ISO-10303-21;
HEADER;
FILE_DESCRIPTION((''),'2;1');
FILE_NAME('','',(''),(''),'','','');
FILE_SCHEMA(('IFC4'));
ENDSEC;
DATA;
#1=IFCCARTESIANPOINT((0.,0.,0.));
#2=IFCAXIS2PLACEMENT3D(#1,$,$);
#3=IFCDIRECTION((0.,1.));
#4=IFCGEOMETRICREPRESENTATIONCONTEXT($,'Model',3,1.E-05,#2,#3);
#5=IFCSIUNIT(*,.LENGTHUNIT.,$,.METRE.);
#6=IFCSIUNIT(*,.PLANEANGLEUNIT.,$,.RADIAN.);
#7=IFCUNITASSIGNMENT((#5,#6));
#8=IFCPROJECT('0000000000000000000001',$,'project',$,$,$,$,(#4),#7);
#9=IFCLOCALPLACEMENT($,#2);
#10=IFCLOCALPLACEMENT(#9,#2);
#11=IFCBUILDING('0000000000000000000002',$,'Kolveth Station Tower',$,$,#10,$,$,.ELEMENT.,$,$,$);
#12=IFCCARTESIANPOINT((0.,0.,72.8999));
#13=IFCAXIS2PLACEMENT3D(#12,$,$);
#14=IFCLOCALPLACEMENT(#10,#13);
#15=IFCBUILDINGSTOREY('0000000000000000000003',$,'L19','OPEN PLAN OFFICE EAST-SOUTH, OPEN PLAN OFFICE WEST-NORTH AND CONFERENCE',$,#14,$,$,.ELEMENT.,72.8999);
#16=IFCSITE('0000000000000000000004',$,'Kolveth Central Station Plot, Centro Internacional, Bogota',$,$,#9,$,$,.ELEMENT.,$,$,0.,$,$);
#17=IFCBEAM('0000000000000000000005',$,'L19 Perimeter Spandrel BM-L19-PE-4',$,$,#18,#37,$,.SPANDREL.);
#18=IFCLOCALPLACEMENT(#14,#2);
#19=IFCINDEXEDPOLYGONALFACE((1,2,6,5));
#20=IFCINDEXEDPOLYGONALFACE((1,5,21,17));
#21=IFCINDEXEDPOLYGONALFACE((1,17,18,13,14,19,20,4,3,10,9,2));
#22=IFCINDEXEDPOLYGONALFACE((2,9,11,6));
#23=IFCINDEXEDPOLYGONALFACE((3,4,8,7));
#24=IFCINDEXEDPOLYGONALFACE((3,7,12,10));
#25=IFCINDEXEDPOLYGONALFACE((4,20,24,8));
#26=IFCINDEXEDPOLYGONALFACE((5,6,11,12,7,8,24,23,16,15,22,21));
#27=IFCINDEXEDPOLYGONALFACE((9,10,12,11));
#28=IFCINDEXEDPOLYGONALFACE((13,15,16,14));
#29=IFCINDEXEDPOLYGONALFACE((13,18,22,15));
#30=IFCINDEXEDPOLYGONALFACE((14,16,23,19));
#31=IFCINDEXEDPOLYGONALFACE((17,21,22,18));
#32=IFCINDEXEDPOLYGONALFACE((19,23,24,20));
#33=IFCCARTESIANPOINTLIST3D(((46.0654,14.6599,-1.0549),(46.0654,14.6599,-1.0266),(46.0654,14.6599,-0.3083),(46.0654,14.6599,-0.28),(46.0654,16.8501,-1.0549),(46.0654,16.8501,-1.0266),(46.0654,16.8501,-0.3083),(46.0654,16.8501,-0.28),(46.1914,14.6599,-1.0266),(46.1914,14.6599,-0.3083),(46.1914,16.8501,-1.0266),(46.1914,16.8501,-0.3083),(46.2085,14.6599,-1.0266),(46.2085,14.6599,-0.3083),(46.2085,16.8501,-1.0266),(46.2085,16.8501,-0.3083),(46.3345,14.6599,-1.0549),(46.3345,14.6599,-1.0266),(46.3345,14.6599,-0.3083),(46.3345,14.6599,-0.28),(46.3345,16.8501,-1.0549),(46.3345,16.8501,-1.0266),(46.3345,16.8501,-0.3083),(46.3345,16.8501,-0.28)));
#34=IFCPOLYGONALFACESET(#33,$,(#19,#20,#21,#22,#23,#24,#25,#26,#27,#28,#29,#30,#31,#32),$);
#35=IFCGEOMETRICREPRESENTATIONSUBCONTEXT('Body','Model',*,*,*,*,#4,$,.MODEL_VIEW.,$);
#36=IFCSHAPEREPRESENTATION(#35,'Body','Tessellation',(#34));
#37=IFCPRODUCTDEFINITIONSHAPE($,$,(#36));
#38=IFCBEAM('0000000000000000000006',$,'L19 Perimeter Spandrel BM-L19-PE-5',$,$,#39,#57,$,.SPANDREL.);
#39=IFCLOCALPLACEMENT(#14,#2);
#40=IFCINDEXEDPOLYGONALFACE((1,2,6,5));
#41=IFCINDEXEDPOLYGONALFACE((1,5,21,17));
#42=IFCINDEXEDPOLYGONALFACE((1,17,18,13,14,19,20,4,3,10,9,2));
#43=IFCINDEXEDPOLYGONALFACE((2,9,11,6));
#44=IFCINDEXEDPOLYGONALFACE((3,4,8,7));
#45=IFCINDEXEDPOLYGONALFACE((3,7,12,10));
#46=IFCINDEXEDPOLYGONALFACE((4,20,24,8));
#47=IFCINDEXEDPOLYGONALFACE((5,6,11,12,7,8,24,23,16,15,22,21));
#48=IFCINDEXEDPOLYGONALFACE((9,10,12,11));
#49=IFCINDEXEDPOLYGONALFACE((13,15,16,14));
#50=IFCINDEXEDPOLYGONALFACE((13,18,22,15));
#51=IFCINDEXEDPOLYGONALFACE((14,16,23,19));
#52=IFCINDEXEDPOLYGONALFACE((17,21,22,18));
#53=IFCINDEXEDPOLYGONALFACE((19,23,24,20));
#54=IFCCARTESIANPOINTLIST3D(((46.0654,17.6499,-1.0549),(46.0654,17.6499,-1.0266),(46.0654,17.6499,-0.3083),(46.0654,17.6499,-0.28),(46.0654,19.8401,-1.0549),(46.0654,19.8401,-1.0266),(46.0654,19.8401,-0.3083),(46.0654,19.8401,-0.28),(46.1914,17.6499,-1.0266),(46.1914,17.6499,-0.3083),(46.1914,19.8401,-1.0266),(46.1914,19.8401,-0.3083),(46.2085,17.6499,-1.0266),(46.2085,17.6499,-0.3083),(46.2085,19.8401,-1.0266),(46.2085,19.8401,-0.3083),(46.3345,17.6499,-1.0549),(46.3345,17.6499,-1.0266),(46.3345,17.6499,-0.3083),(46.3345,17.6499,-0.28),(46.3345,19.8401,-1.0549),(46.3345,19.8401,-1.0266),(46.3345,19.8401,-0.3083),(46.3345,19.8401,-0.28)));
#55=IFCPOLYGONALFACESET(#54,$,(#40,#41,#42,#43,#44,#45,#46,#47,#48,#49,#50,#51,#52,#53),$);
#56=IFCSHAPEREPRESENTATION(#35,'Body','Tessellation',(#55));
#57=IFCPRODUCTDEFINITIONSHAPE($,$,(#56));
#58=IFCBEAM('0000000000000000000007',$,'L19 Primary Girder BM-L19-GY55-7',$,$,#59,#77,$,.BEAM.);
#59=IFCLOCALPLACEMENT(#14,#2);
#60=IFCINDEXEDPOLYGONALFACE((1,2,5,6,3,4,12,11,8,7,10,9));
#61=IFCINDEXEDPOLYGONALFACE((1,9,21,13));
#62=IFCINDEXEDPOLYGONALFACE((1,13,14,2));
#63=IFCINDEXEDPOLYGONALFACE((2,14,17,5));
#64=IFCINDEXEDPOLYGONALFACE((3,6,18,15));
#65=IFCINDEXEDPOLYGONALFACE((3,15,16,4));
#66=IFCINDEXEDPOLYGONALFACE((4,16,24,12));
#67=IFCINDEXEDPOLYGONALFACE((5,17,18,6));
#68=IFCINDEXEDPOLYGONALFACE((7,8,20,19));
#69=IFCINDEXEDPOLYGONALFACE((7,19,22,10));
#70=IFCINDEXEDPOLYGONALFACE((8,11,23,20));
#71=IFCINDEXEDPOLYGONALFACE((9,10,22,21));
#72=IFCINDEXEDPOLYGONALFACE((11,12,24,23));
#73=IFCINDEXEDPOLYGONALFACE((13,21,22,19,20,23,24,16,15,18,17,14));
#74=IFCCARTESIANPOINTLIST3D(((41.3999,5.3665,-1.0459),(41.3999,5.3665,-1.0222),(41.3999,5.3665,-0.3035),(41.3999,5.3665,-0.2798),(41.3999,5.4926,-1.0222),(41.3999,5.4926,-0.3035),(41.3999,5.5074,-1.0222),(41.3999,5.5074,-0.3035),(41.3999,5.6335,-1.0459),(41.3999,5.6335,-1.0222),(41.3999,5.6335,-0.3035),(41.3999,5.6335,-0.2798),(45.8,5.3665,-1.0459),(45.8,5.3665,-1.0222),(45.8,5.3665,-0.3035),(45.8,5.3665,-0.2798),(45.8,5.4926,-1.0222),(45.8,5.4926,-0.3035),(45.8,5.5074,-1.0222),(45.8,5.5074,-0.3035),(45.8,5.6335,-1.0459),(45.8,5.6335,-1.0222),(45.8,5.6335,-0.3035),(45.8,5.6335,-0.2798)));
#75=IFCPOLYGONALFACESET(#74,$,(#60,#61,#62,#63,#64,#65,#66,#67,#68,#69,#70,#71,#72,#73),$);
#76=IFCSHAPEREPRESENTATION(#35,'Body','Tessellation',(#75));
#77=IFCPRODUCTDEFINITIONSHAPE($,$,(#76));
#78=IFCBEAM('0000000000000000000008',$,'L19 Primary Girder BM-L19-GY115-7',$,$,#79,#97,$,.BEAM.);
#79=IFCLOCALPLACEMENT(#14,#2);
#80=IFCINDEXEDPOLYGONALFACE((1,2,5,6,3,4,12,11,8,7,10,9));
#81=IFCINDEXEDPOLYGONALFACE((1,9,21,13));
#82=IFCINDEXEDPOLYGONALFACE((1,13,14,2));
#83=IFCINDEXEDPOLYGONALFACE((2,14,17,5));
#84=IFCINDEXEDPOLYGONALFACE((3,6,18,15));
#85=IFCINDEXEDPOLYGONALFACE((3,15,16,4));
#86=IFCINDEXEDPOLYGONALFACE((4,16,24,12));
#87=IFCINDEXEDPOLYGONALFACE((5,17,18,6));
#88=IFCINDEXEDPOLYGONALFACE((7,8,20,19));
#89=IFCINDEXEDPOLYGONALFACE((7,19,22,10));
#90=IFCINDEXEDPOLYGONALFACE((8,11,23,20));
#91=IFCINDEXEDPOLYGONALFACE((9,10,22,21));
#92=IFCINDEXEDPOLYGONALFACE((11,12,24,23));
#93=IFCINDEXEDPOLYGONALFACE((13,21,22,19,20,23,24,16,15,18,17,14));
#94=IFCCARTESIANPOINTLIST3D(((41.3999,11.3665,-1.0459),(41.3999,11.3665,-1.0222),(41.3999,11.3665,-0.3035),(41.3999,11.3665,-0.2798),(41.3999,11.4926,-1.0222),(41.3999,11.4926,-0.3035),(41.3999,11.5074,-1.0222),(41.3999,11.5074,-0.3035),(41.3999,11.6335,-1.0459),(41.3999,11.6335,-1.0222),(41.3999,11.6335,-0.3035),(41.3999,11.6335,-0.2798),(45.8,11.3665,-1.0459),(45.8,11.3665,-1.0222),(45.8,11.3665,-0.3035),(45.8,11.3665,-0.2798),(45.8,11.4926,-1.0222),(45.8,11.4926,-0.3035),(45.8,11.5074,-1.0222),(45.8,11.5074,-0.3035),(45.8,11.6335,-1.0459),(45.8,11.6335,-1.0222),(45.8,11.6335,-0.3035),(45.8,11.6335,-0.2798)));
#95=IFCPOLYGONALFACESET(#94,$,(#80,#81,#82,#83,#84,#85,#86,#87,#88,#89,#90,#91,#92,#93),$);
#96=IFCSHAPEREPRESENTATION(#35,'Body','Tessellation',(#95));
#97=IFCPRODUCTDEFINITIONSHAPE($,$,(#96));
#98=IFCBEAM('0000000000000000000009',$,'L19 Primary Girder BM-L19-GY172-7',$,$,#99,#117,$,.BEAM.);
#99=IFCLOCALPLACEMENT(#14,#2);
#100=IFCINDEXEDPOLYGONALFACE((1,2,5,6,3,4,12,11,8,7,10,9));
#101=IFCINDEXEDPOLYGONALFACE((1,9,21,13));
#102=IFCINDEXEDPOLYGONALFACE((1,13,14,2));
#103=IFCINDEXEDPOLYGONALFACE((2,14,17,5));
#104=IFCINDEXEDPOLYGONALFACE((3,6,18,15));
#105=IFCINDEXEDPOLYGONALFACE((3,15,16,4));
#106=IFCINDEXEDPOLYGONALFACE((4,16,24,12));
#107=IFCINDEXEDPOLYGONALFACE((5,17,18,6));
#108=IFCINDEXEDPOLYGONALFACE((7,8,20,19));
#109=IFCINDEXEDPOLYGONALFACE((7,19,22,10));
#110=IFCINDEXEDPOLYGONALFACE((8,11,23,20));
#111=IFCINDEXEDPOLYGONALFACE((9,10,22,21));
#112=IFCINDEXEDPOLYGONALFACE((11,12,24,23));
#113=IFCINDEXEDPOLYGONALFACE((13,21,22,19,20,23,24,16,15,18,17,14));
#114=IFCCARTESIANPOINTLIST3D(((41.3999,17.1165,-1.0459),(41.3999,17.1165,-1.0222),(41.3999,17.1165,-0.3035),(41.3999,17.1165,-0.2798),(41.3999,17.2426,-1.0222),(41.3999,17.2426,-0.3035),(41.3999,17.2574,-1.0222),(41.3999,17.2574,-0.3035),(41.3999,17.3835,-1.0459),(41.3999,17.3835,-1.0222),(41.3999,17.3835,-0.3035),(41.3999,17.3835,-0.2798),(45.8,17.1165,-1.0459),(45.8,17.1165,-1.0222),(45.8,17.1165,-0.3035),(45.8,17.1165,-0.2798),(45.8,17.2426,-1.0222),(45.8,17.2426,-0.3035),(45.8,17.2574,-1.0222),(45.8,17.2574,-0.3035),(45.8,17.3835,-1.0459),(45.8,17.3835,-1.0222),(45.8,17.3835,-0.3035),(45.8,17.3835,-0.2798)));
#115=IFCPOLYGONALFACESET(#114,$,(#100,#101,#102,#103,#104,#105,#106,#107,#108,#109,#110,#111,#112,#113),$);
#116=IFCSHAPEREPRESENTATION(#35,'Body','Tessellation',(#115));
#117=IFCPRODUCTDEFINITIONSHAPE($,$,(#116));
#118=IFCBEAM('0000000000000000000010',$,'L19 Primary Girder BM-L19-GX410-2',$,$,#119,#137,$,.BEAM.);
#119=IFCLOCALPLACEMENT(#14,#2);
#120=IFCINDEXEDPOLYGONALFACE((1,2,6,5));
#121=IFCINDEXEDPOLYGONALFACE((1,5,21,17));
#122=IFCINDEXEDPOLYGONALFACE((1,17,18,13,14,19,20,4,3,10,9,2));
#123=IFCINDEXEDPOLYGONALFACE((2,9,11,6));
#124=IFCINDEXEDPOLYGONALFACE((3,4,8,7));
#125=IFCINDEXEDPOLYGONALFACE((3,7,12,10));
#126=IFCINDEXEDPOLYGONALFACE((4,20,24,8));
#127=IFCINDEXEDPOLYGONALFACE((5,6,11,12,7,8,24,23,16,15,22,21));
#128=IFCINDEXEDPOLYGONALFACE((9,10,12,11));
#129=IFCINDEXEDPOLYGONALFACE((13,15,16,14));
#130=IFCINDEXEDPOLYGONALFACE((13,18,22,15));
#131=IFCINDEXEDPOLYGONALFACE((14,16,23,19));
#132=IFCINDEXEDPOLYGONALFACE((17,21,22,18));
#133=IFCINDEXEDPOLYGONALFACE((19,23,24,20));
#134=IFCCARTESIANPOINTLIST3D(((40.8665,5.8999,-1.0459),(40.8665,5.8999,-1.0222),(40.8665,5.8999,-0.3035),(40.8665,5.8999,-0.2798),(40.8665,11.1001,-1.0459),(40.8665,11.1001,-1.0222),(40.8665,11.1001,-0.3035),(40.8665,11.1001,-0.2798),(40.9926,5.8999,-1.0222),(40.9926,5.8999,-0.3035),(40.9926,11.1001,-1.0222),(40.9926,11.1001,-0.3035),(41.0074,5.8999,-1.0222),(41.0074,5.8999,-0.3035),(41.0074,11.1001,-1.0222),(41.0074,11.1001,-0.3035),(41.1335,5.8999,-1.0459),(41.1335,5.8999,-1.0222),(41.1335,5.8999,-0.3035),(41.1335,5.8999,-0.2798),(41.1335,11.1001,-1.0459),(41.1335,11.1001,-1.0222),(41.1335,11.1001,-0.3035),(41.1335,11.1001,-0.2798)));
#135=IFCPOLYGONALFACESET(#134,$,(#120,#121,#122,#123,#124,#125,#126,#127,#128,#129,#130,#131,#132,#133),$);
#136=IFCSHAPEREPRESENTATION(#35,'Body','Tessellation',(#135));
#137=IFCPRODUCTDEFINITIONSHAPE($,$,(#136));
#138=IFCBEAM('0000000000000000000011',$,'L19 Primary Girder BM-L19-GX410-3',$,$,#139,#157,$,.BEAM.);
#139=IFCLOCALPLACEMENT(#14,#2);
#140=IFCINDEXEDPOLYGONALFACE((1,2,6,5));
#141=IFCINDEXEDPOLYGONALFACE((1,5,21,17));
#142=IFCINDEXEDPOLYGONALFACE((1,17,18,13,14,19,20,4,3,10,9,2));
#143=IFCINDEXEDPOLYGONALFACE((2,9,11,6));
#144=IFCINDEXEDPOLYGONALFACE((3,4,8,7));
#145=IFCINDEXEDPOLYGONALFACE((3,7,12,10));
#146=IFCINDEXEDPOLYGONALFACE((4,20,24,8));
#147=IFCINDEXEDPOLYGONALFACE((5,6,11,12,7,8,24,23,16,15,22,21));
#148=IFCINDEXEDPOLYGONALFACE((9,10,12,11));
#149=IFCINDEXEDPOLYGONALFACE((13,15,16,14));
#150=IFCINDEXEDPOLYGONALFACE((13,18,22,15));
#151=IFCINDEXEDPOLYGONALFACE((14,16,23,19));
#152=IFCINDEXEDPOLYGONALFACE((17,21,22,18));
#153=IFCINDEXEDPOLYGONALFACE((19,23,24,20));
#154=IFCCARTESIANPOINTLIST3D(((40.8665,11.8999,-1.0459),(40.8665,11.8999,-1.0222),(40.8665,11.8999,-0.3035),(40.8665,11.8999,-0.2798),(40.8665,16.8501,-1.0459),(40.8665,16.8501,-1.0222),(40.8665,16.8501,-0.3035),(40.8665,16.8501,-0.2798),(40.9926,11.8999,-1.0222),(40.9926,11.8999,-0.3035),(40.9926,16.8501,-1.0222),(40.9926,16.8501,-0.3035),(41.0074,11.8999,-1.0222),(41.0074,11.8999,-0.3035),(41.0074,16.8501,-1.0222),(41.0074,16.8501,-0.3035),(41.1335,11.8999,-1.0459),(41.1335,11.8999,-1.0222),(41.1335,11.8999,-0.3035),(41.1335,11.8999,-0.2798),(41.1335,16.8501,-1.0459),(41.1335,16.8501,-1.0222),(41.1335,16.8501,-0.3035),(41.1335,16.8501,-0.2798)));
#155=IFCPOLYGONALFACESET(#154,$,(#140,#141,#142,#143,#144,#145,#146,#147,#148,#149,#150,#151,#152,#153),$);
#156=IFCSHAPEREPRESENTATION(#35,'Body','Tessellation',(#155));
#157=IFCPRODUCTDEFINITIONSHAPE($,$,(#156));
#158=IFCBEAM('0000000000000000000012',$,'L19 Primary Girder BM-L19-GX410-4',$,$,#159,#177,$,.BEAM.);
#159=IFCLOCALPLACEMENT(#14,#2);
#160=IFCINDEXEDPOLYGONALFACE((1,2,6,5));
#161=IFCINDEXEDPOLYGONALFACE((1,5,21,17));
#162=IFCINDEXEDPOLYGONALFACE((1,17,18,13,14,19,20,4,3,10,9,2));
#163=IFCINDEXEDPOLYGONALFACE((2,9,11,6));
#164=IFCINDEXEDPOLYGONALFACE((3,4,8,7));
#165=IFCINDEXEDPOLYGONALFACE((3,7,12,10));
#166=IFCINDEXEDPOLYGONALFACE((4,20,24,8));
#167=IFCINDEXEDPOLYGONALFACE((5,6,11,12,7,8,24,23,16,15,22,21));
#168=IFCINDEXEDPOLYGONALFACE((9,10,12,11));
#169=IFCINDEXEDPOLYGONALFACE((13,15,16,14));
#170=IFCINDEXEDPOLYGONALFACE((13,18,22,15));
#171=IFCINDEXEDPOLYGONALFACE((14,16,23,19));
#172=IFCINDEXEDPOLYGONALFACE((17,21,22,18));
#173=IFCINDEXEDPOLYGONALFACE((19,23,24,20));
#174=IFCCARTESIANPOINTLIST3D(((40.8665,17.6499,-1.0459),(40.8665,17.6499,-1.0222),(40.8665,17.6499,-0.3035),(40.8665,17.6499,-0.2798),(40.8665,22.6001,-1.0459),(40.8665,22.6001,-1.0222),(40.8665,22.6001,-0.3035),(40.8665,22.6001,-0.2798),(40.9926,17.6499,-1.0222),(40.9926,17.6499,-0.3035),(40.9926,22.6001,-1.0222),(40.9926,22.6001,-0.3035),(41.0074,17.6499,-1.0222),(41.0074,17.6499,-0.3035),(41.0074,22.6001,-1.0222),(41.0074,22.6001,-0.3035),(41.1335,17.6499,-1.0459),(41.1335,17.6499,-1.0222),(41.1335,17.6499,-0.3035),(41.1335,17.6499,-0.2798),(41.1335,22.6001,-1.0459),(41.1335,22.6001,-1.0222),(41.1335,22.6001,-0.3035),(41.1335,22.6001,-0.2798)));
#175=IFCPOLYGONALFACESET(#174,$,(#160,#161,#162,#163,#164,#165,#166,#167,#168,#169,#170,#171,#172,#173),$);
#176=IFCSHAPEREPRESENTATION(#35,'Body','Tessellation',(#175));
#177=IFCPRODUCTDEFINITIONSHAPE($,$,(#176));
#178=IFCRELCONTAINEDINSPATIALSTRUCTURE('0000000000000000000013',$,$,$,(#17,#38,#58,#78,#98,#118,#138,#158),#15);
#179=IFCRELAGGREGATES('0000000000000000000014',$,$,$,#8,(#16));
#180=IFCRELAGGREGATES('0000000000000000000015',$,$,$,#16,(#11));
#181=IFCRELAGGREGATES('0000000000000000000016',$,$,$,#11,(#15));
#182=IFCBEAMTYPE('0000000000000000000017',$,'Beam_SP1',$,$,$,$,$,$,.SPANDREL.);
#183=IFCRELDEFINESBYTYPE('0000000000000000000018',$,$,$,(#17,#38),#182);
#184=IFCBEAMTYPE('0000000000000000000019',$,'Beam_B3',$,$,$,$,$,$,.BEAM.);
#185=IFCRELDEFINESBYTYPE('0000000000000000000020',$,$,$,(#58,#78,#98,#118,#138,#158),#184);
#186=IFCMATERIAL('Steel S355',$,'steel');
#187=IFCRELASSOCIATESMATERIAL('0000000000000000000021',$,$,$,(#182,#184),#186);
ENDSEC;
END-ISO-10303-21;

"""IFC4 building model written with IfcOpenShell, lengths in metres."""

from ifc_helpers import new_model, si_unit, direction, frame, origin, origin_2d, place, context, subcontext, project, spatial, i_section, extrude, source, transform, mapped, material, material_profile, profile_set, type_object, element, save


model = new_model("IFC4")

# Units and contexts
model_context = context("Model", 3, precision=1e-05, world=origin(), true_north=direction((0.0, 1.0)))
body_context = subcontext(model_context, "Body", "Model", "MODEL_VIEW")
ifc_project = project(units=[si_unit("LENGTHUNIT", "METRE"), si_unit("PLANEANGLEUNIT", "RADIAN")], contexts=[model_context])

# Site, building, storey
site_placement = place(None, origin())
site = spatial("IfcSite", under=ifc_project, at=site_placement, Name="Kolveth Central Station Plot, Centro Internacional, Bogota", CompositionType="ELEMENT", RefElevation=0.0)
building_placement = place(site_placement, origin())
building = spatial("IfcBuilding", under=site, at=building_placement, Name="Kolveth Station Tower", CompositionType="ELEMENT")
storey_placement = place(building_placement, frame((0.0, 0.0, 72.8999)))
storey = spatial("IfcBuildingStorey", under=building, at=storey_placement, Name="L19", Description="OPEN PLAN OFFICE EAST-SOUTH, OPEN PLAN OFFICE WEST-NORTH AND CONFERENCE", CompositionType="ELEMENT", Elevation=72.8999)

# Shared definitions
ifc_material_1 = material(Name="Steel S355", Category="steel")

# Beams
ifc_material_profile_1 = material_profile(ifc_material_1, i_section(OverallWidth=0.269, OverallDepth=0.7749, WebThickness=0.0171, FlangeThickness=0.0283, at=origin_2d()), Name="W760x220")
ifc_profile_set_1 = profile_set([ifc_material_profile_1], Name="Steel S355")
beam_type_1 = type_object("IfcBeamType", Name="Beam_SP1", PredefinedType="SPANDREL", material=ifc_profile_set_1)
shared_shape_1 = source(origin(), body_context, "Body", "SweptSolid", [
    extrude(i_section(OverallWidth=0.269, OverallDepth=0.7749, WebThickness=0.0171, FlangeThickness=0.0283, at=origin_2d()), origin(), (0.0, 0.0, 1.0), 2.1902),
])
for number, where, z_axis, x_axis, name in (
    (1, (46.2, 14.6599, -0.6675), (0.0, 1.0, 0.0), (-1.0, 0.0, 0.0), "L19 Perimeter Spandrel BM-L19-PE-4"),
    (2, (46.2, 17.6499, -0.6675), (0.0, 1.0, 0.0), (-1.0, 0.0, 0.0), "L19 Perimeter Spandrel BM-L19-PE-5"),
):
    element("IfcBeam", number, at=place(storey_placement, frame(where, z_axis=z_axis, x_axis=x_axis)), inside=storey, type_object=beam_type_1, Name=name, PredefinedType="SPANDREL", context=body_context, shape_type="MappedRepresentation", body=[
        mapped(shared_shape_1, transform((0.0, 0.0, 0.0), x_axis=(1.0, 0.0, 0.0), y_axis=(0.0, 1.0, 0.0), z_axis=(0.0, 0.0, 1.0), scale=1.0)),
    ])
ifc_material_profile_2 = material_profile(ifc_material_1, i_section(OverallWidth=0.2671, OverallDepth=0.7661, WebThickness=0.0149, FlangeThickness=0.0237, at=origin_2d()), Name="W760x185")
ifc_profile_set_2 = profile_set([ifc_material_profile_2], Name="Steel S355")
beam_type_2 = type_object("IfcBeamType", Name="Beam_B3", PredefinedType="BEAM", material=ifc_profile_set_2)
shared_shape_2 = source(origin(), body_context, "Body", "SweptSolid", [
    extrude(i_section(OverallWidth=0.2671, OverallDepth=0.7661, WebThickness=0.0149, FlangeThickness=0.0237, at=origin_2d()), origin(), (0.0, 0.0, 1.0), 4.4001),
])
for number, where, z_axis, x_axis, name in (
    (3, (41.3999, 5.5, -0.6628), (1.0, 0.0, 0.0), (0.0, 1.0, 0.0), "L19 Primary Girder BM-L19-GY55-7"),
    (4, (41.3999, 11.5, -0.6628), (1.0, 0.0, 0.0), (0.0, 1.0, 0.0), "L19 Primary Girder BM-L19-GY115-7"),
    (5, (41.3999, 17.25, -0.6628), (1.0, 0.0, 0.0), (0.0, 1.0, 0.0), "L19 Primary Girder BM-L19-GY172-7"),
):
    element("IfcBeam", number, at=place(storey_placement, frame(where, z_axis=z_axis, x_axis=x_axis)), inside=storey, type_object=beam_type_2, Name=name, PredefinedType="BEAM", context=body_context, shape_type="MappedRepresentation", body=[
        mapped(shared_shape_2, transform((0.0, 0.0, 0.0), x_axis=(1.0, 0.0, 0.0), y_axis=(0.0, 1.0, 0.0), z_axis=(0.0, 0.0, 1.0), scale=1.0)),
    ])
shared_shape_3 = source(origin(), body_context, "Body", "SweptSolid", [
    extrude(i_section(OverallWidth=0.2671, OverallDepth=0.7661, WebThickness=0.0149, FlangeThickness=0.0237, at=origin_2d()), origin(), (0.0, 0.0, 1.0), 5.2002),
])
beam_1_placement = place(storey_placement, frame((41.0, 5.8999, -0.6628), z_axis=(0.0, 1.0, 0.0), x_axis=(-1.0, 0.0, 0.0)))
element("IfcBeam", 6, at=beam_1_placement, inside=storey, type_object=beam_type_2, Name="L19 Primary Girder BM-L19-GX410-2", PredefinedType="BEAM", context=body_context, shape_type="MappedRepresentation", body=[
    mapped(shared_shape_3, transform((0.0, 0.0, 0.0), x_axis=(1.0, 0.0, 0.0), y_axis=(0.0, 1.0, 0.0), z_axis=(0.0, 0.0, 1.0), scale=1.0)),
])
shared_shape_4 = source(origin(), body_context, "Body", "SweptSolid", [
    extrude(i_section(OverallWidth=0.2671, OverallDepth=0.7661, WebThickness=0.0149, FlangeThickness=0.0237, at=origin_2d()), origin(), (0.0, 0.0, 1.0), 4.9502),
])
for number, where, z_axis, x_axis, name in (
    (7, (41.0, 11.8999, -0.6628), (0.0, 1.0, 0.0), (-1.0, 0.0, 0.0), "L19 Primary Girder BM-L19-GX410-3"),
    (8, (41.0, 17.6499, -0.6628), (0.0, 1.0, 0.0), (-1.0, 0.0, 0.0), "L19 Primary Girder BM-L19-GX410-4"),
):
    element("IfcBeam", number, at=place(storey_placement, frame(where, z_axis=z_axis, x_axis=x_axis)), inside=storey, type_object=beam_type_2, Name=name, PredefinedType="BEAM", context=body_context, shape_type="MappedRepresentation", body=[
        mapped(shared_shape_4, transform((0.0, 0.0, 0.0), x_axis=(1.0, 0.0, 0.0), y_axis=(0.0, 1.0, 0.0), z_axis=(0.0, 0.0, 1.0), scale=1.0)),
    ])

save(model, "model.ifc")
